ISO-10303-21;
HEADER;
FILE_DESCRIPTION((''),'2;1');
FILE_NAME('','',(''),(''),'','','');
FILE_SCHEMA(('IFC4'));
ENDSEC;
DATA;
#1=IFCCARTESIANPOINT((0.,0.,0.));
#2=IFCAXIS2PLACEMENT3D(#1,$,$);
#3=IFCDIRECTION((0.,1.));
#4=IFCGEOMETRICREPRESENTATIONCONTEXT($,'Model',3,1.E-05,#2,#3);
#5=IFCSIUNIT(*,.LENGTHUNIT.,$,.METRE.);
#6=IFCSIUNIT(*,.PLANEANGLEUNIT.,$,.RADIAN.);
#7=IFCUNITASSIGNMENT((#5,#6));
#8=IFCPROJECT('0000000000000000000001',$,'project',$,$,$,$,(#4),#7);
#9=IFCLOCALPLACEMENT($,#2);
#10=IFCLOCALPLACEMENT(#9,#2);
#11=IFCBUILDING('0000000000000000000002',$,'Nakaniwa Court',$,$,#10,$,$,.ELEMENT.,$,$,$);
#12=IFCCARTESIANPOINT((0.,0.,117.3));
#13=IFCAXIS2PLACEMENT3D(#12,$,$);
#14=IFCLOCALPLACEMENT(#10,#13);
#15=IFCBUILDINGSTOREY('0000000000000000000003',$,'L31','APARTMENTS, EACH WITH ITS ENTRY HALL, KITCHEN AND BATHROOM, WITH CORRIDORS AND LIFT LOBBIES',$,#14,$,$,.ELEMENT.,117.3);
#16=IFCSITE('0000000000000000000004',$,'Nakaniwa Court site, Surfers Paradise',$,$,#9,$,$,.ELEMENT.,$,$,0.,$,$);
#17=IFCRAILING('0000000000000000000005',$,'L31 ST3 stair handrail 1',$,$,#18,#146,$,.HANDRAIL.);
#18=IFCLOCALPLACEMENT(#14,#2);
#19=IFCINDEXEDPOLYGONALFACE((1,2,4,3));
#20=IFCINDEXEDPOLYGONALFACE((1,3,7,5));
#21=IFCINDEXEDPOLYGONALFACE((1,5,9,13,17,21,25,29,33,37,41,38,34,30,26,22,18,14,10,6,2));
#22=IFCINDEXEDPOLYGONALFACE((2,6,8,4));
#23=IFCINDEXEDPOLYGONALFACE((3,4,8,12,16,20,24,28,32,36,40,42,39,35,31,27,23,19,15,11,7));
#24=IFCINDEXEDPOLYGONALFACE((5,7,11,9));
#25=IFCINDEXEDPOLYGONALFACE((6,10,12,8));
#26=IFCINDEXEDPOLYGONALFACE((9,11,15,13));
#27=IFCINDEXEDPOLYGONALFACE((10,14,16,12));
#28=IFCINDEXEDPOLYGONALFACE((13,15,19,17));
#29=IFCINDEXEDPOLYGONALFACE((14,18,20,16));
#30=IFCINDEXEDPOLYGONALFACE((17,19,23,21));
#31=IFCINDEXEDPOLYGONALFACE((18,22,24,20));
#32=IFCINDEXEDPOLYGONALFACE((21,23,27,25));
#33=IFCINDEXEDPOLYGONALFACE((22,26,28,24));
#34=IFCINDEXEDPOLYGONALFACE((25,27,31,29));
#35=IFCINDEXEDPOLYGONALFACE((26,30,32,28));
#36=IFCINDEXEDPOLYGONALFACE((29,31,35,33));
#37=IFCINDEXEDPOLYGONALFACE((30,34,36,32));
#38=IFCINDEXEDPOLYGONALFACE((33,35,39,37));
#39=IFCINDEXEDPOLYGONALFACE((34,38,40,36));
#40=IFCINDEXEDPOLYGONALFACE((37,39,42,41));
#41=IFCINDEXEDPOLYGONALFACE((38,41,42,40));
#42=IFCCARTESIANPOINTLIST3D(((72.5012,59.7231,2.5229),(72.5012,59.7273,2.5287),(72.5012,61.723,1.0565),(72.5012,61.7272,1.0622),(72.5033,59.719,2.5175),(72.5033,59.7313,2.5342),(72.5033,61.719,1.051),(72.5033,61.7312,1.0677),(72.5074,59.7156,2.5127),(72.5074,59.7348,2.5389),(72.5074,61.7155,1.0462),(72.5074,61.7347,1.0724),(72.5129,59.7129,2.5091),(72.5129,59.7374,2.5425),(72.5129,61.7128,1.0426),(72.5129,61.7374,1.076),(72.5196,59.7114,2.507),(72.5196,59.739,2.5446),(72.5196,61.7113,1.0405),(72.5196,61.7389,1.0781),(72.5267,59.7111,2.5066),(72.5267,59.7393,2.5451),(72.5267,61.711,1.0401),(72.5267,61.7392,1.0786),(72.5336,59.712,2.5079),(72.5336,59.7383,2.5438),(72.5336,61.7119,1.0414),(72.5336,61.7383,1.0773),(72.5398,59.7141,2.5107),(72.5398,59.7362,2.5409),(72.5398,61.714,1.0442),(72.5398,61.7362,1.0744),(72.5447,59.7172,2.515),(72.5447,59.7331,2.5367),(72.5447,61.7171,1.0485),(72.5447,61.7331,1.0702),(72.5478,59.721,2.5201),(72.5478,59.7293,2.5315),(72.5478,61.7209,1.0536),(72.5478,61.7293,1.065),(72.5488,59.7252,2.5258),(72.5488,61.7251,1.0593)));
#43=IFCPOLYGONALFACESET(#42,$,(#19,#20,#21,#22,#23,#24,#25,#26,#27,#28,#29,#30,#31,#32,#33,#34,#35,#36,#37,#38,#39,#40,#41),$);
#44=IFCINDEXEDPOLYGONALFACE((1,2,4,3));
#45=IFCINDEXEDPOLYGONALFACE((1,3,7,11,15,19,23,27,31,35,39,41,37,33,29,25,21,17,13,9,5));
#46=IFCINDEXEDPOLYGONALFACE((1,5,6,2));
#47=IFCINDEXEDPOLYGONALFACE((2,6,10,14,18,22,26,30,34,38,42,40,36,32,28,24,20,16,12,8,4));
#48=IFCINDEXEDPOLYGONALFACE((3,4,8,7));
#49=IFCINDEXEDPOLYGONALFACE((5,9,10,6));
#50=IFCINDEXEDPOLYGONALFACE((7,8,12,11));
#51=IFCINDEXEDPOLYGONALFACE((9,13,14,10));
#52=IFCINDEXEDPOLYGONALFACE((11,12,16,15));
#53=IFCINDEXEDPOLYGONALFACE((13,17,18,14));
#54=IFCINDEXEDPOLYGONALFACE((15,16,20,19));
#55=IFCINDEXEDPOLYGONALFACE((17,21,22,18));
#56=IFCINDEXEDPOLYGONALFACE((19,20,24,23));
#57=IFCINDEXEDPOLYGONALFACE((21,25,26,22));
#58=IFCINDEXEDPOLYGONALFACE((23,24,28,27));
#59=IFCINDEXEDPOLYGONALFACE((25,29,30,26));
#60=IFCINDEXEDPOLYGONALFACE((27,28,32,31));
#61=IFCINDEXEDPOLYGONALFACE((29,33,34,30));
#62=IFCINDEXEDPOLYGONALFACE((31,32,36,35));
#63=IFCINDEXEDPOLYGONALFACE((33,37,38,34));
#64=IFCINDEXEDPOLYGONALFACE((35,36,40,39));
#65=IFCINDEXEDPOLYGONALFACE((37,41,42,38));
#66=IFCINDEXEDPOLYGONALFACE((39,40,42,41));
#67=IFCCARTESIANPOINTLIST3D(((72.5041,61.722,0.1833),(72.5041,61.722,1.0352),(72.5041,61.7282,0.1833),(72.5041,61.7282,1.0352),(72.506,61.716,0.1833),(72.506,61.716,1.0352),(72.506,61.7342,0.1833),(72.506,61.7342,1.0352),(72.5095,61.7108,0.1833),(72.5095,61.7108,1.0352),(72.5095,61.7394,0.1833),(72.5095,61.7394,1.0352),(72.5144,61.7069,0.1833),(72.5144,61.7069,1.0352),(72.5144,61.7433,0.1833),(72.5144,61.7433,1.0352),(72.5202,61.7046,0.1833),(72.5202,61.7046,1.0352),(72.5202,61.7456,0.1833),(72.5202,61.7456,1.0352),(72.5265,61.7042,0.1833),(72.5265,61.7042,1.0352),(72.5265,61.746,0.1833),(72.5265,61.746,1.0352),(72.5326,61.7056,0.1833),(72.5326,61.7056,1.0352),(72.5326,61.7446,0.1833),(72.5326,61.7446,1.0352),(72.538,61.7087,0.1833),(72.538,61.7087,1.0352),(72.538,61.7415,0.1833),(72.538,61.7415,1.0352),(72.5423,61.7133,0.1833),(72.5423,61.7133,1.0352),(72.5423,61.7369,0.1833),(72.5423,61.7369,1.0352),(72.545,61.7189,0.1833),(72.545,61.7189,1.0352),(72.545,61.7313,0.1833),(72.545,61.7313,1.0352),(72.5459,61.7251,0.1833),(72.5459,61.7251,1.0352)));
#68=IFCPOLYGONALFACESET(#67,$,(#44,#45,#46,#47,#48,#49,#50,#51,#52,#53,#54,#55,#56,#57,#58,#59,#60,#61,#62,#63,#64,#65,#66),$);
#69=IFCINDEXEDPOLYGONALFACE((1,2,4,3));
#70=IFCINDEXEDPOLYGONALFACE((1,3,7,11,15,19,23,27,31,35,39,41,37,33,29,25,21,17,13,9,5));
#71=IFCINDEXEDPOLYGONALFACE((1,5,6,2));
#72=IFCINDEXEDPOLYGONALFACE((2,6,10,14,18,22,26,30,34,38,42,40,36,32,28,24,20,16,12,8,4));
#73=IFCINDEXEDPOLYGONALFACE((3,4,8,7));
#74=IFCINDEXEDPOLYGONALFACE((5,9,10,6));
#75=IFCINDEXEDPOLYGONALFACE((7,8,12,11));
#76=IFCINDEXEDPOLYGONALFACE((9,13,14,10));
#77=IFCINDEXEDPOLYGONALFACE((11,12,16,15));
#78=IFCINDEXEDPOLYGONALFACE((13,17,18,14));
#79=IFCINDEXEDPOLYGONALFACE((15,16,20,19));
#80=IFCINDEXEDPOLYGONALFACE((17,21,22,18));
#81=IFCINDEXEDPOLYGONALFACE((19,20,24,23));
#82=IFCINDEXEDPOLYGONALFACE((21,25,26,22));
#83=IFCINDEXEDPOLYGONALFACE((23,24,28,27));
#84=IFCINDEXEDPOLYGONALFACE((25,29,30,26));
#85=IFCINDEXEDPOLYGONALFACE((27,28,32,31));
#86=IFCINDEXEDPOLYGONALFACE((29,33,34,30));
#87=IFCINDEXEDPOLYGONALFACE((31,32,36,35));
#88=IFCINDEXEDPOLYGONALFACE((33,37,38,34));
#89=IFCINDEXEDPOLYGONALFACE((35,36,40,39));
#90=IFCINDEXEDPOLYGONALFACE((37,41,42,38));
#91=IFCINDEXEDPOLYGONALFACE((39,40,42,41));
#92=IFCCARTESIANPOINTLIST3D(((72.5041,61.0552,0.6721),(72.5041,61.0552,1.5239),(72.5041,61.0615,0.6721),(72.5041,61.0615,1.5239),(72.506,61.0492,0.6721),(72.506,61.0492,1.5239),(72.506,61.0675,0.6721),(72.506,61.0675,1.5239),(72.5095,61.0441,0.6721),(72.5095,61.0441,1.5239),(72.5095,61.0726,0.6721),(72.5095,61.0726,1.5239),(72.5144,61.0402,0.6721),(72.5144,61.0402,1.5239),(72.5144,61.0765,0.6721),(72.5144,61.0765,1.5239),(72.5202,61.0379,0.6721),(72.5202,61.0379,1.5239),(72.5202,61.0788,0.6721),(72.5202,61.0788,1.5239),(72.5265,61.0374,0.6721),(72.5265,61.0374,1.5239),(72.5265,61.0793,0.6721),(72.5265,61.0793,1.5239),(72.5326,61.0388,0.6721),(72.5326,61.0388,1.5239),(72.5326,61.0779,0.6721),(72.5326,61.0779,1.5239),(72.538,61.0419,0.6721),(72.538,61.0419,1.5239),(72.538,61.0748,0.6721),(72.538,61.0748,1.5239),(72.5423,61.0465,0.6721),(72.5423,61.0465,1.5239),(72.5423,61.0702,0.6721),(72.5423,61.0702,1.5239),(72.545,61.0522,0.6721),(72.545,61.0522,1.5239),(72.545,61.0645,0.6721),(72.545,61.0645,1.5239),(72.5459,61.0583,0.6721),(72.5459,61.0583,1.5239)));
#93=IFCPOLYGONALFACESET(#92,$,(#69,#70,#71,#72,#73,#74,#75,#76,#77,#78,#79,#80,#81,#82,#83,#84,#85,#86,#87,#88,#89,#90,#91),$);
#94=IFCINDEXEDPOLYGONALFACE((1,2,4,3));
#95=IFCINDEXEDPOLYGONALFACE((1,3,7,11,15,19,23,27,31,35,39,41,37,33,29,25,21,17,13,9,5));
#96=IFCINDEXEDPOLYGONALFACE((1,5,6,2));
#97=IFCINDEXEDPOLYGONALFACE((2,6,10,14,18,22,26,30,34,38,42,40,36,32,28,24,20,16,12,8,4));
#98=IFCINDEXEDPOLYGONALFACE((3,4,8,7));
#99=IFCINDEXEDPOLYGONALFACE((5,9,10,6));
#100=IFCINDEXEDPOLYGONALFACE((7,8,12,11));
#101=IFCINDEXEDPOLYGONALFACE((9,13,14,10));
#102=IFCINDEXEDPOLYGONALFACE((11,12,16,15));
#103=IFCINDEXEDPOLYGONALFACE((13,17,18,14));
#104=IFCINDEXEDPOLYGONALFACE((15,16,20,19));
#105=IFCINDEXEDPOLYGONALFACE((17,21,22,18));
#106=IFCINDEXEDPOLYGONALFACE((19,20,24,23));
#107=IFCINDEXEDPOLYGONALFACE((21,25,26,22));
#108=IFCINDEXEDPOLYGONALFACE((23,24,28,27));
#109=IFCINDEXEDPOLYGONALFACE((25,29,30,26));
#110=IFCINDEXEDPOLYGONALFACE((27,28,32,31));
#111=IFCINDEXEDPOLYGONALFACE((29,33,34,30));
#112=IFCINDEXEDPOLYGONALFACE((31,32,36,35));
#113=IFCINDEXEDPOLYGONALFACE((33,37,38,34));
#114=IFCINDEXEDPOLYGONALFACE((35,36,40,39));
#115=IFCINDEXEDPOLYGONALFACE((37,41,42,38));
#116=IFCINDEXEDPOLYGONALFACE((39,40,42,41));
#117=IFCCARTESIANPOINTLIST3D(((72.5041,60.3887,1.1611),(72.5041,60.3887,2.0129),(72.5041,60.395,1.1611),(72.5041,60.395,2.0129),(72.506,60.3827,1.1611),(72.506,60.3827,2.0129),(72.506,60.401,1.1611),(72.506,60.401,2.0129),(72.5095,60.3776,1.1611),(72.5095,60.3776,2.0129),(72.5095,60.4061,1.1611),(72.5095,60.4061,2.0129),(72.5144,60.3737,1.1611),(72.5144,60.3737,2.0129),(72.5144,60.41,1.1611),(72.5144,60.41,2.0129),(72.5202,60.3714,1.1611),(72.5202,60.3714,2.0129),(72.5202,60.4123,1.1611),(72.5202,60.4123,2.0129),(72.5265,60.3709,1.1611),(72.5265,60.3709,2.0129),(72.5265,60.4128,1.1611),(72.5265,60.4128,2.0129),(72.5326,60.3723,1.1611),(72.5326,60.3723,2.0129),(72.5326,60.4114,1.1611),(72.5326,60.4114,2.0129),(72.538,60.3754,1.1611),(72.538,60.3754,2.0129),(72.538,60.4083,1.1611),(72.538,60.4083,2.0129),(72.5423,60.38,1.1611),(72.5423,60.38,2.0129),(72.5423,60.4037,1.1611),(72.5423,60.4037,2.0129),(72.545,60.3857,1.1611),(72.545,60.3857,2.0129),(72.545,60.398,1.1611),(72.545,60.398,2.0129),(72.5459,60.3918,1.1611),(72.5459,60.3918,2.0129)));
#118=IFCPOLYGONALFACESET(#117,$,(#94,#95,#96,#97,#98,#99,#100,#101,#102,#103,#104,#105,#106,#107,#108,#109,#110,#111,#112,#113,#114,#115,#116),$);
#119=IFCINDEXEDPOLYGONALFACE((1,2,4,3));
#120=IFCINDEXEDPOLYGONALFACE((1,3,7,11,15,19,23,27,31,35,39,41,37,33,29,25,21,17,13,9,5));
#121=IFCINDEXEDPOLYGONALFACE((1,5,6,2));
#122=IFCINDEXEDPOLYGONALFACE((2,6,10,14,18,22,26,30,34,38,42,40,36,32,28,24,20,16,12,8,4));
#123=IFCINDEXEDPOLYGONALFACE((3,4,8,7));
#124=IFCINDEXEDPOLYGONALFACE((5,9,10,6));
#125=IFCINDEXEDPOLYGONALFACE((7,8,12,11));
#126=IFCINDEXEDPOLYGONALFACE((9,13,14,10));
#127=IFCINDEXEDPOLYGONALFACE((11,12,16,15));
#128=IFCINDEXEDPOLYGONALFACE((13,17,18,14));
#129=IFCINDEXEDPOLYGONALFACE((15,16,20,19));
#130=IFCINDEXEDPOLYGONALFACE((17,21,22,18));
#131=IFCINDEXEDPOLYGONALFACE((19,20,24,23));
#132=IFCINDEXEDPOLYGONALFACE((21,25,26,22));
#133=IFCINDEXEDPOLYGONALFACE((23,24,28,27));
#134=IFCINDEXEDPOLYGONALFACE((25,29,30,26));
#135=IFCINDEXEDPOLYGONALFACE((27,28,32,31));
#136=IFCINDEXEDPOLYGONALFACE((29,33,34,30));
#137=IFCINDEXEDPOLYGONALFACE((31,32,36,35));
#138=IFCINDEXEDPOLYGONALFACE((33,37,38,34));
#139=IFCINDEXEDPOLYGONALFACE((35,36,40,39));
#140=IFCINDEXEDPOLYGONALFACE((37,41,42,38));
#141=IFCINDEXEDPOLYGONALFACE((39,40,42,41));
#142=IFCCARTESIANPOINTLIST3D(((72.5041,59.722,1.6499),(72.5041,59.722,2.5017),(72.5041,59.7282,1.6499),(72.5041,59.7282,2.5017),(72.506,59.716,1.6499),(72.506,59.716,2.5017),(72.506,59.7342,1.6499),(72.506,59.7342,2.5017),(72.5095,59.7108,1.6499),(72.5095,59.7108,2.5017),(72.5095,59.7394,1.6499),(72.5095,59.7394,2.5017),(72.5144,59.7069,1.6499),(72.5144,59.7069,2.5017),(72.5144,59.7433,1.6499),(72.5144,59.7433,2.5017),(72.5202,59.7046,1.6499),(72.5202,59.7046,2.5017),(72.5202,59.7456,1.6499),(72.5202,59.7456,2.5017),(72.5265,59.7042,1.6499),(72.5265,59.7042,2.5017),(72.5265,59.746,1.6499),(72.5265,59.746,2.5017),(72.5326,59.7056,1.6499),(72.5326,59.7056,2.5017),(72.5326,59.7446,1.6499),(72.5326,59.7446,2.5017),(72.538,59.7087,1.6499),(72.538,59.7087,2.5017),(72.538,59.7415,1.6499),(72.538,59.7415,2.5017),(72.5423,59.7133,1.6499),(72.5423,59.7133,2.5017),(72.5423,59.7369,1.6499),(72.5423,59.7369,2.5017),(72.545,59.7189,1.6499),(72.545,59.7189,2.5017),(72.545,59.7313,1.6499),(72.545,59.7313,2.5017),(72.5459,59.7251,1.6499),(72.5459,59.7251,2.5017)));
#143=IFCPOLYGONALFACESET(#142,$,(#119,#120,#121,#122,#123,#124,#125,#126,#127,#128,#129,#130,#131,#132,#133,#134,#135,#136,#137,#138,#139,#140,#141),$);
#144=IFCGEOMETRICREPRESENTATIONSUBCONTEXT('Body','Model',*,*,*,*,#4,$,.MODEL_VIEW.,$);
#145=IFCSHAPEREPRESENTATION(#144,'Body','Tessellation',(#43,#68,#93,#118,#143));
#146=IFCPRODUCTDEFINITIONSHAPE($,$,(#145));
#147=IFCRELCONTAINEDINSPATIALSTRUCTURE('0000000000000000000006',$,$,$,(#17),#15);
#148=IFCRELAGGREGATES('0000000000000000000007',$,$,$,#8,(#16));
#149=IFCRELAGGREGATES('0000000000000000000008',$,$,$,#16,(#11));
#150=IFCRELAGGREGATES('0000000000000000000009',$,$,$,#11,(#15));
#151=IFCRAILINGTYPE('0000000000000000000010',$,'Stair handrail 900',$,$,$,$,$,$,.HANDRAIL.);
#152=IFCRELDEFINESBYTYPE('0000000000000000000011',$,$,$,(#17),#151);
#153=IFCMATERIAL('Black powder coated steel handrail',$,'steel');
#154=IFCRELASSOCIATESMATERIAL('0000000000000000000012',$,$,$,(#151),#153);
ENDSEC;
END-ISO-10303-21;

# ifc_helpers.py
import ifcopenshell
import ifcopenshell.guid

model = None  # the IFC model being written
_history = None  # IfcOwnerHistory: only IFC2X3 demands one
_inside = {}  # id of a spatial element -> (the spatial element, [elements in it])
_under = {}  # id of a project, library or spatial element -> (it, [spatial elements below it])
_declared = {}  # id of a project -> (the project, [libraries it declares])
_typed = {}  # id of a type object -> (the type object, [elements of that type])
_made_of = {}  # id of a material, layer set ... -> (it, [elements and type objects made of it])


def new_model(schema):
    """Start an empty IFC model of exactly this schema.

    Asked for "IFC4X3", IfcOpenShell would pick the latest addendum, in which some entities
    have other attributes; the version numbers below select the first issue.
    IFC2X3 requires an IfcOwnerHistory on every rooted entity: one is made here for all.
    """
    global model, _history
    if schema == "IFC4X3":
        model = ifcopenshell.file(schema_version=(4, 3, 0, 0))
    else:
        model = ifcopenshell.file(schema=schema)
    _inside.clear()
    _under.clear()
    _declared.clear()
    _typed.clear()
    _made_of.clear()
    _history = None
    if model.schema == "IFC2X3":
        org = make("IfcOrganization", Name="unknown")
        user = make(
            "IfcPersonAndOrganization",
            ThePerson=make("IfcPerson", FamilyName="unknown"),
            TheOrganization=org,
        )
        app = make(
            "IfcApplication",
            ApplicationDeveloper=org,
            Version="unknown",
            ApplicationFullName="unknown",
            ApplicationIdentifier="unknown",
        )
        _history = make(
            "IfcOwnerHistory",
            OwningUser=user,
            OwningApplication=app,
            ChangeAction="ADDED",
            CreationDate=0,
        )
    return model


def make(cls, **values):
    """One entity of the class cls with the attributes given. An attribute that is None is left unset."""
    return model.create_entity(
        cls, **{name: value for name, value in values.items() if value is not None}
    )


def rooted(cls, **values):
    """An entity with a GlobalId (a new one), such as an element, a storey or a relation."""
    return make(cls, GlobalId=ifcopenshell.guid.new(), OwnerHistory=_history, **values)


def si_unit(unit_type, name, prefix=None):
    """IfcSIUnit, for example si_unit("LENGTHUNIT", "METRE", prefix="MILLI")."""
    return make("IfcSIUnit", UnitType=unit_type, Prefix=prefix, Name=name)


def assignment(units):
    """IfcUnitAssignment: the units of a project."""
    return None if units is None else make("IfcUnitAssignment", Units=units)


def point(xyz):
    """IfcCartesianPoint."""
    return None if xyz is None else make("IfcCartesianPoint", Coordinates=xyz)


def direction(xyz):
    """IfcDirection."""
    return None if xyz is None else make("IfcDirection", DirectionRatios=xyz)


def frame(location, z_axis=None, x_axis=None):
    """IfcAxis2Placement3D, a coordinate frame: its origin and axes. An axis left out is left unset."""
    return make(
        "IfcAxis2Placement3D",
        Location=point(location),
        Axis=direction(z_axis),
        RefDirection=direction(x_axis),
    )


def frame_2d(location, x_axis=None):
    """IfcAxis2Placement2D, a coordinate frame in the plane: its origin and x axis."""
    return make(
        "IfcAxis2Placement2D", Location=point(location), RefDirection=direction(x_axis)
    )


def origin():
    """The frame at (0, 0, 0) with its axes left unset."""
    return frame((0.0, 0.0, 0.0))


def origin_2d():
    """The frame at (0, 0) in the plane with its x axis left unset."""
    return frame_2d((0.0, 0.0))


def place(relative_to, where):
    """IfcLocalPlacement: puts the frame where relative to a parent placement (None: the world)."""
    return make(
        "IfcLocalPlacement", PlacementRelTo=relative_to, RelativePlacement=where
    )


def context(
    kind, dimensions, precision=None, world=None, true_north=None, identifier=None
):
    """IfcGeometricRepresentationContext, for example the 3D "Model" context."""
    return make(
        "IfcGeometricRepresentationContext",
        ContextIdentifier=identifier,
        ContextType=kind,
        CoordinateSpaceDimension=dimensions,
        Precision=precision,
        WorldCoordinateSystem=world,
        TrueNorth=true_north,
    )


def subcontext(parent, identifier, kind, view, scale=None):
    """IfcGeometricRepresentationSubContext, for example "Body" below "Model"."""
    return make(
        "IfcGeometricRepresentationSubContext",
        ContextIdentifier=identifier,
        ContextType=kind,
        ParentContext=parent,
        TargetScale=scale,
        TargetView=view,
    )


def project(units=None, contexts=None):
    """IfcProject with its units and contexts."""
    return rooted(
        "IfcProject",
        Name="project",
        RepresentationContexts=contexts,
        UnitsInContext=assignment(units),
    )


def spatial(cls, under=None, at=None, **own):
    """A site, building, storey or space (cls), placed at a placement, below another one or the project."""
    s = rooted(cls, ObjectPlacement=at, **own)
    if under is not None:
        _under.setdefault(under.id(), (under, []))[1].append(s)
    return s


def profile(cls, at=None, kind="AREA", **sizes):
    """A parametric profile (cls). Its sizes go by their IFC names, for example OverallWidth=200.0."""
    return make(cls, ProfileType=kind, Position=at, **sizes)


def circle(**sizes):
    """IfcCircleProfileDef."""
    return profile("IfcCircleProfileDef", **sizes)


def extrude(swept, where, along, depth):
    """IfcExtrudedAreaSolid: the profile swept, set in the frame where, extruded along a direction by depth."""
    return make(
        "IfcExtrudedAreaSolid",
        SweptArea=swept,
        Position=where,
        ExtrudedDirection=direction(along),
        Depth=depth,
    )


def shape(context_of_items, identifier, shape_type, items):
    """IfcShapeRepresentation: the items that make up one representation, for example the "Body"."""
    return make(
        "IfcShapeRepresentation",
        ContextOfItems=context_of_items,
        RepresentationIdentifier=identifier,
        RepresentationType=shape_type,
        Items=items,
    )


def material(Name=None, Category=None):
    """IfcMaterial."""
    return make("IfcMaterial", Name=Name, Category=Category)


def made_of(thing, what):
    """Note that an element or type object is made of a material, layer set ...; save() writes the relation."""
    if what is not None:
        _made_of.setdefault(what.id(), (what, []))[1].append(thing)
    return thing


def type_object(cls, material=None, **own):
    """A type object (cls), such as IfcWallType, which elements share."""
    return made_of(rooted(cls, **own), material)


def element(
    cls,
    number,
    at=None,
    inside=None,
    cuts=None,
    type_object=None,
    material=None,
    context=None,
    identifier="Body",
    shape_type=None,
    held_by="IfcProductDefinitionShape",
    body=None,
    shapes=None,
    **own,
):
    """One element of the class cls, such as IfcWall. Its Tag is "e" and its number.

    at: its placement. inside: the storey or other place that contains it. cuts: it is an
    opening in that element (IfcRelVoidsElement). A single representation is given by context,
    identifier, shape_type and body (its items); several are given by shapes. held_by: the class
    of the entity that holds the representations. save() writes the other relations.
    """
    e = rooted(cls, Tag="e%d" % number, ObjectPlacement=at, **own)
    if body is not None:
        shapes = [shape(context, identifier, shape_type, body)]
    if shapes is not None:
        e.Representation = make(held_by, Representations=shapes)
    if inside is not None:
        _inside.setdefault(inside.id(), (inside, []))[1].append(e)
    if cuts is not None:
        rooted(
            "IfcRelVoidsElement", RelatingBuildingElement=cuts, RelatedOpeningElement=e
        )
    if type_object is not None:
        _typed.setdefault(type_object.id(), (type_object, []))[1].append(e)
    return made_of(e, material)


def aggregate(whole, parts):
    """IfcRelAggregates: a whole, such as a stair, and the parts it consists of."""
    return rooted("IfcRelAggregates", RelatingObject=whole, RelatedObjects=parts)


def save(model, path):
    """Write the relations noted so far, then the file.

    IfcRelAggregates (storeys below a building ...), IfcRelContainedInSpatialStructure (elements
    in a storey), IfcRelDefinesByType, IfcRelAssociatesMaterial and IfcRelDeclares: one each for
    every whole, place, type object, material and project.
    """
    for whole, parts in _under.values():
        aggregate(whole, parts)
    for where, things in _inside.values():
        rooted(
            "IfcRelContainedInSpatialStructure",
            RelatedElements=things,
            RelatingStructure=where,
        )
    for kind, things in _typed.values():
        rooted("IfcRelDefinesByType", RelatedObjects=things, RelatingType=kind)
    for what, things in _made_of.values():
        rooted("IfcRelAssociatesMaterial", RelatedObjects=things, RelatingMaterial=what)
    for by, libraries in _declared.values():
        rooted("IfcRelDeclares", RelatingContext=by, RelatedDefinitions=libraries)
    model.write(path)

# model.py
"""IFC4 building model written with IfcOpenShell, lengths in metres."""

from ifc_helpers import new_model, si_unit, direction, frame, origin, origin_2d, place, context, subcontext, project, spatial, circle, extrude, material, type_object, element, save


model = new_model("IFC4")

# Units and contexts
model_context = context("Model", 3, precision=1e-05, world=origin(), true_north=direction((0.0, 1.0)))
body_context = subcontext(model_context, "Body", "Model", "MODEL_VIEW")
ifc_project = project(units=[si_unit("LENGTHUNIT", "METRE"), si_unit("PLANEANGLEUNIT", "RADIAN")], contexts=[model_context])

# Site, building, storey
site_placement = place(None, origin())
site = spatial("IfcSite", under=ifc_project, at=site_placement, Name="Nakaniwa Court site, Surfers Paradise", CompositionType="ELEMENT", RefElevation=0.0)
building_placement = place(site_placement, origin())
building = spatial("IfcBuilding", under=site, at=building_placement, Name="Nakaniwa Court", CompositionType="ELEMENT")
storey_placement = place(building_placement, frame((0.0, 0.0, 117.3)))
storey = spatial("IfcBuildingStorey", under=building, at=storey_placement, Name="L31", Description="APARTMENTS, EACH WITH ITS ENTRY HALL, KITCHEN AND BATHROOM, WITH CORRIDORS AND LIFT LOBBIES", CompositionType="ELEMENT", Elevation=117.3)

# Railing
ifc_material_1 = material(Name="Black powder coated steel handrail", Category="steel")
railing_type_1 = type_object("IfcRailingType", Name="Stair handrail 900", PredefinedType="HANDRAIL", material=ifc_material_1)
railing_1_placement = place(storey_placement, frame((72.5249, 61.7251, 0.1833)))
element("IfcRailing", 1, at=railing_1_placement, inside=storey, type_object=railing_type_1, Name="L31 ST3 stair handrail 1", PredefinedType="HANDRAIL", context=body_context, shape_type="SweptSolid", body=[
    extrude(circle(Radius=0.0239, at=origin_2d()), frame((0.0, 0.0, 0.876), z_axis=(0.0, -0.806427, 0.591334), x_axis=(1.0, 0.0, 0.0)), (0.0, 0.0, 1.0), 2.48),
    extrude(circle(Radius=0.021, at=origin_2d()), origin(), (0.0, 0.0, 1.0), 0.8518),
    extrude(circle(Radius=0.021, at=origin_2d()), frame((0.0, -0.6667, 0.4888)), (0.0, 0.0, 1.0), 0.8518),
    extrude(circle(Radius=0.021, at=origin_2d()), frame((0.0, -1.3333, 0.9778)), (0.0, 0.0, 1.0), 0.8518),
    extrude(circle(Radius=0.021, at=origin_2d()), frame((0.0, -2.0, 1.4666)), (0.0, 0.0, 1.0), 0.8518),
])

save(model, "model.ifc")
